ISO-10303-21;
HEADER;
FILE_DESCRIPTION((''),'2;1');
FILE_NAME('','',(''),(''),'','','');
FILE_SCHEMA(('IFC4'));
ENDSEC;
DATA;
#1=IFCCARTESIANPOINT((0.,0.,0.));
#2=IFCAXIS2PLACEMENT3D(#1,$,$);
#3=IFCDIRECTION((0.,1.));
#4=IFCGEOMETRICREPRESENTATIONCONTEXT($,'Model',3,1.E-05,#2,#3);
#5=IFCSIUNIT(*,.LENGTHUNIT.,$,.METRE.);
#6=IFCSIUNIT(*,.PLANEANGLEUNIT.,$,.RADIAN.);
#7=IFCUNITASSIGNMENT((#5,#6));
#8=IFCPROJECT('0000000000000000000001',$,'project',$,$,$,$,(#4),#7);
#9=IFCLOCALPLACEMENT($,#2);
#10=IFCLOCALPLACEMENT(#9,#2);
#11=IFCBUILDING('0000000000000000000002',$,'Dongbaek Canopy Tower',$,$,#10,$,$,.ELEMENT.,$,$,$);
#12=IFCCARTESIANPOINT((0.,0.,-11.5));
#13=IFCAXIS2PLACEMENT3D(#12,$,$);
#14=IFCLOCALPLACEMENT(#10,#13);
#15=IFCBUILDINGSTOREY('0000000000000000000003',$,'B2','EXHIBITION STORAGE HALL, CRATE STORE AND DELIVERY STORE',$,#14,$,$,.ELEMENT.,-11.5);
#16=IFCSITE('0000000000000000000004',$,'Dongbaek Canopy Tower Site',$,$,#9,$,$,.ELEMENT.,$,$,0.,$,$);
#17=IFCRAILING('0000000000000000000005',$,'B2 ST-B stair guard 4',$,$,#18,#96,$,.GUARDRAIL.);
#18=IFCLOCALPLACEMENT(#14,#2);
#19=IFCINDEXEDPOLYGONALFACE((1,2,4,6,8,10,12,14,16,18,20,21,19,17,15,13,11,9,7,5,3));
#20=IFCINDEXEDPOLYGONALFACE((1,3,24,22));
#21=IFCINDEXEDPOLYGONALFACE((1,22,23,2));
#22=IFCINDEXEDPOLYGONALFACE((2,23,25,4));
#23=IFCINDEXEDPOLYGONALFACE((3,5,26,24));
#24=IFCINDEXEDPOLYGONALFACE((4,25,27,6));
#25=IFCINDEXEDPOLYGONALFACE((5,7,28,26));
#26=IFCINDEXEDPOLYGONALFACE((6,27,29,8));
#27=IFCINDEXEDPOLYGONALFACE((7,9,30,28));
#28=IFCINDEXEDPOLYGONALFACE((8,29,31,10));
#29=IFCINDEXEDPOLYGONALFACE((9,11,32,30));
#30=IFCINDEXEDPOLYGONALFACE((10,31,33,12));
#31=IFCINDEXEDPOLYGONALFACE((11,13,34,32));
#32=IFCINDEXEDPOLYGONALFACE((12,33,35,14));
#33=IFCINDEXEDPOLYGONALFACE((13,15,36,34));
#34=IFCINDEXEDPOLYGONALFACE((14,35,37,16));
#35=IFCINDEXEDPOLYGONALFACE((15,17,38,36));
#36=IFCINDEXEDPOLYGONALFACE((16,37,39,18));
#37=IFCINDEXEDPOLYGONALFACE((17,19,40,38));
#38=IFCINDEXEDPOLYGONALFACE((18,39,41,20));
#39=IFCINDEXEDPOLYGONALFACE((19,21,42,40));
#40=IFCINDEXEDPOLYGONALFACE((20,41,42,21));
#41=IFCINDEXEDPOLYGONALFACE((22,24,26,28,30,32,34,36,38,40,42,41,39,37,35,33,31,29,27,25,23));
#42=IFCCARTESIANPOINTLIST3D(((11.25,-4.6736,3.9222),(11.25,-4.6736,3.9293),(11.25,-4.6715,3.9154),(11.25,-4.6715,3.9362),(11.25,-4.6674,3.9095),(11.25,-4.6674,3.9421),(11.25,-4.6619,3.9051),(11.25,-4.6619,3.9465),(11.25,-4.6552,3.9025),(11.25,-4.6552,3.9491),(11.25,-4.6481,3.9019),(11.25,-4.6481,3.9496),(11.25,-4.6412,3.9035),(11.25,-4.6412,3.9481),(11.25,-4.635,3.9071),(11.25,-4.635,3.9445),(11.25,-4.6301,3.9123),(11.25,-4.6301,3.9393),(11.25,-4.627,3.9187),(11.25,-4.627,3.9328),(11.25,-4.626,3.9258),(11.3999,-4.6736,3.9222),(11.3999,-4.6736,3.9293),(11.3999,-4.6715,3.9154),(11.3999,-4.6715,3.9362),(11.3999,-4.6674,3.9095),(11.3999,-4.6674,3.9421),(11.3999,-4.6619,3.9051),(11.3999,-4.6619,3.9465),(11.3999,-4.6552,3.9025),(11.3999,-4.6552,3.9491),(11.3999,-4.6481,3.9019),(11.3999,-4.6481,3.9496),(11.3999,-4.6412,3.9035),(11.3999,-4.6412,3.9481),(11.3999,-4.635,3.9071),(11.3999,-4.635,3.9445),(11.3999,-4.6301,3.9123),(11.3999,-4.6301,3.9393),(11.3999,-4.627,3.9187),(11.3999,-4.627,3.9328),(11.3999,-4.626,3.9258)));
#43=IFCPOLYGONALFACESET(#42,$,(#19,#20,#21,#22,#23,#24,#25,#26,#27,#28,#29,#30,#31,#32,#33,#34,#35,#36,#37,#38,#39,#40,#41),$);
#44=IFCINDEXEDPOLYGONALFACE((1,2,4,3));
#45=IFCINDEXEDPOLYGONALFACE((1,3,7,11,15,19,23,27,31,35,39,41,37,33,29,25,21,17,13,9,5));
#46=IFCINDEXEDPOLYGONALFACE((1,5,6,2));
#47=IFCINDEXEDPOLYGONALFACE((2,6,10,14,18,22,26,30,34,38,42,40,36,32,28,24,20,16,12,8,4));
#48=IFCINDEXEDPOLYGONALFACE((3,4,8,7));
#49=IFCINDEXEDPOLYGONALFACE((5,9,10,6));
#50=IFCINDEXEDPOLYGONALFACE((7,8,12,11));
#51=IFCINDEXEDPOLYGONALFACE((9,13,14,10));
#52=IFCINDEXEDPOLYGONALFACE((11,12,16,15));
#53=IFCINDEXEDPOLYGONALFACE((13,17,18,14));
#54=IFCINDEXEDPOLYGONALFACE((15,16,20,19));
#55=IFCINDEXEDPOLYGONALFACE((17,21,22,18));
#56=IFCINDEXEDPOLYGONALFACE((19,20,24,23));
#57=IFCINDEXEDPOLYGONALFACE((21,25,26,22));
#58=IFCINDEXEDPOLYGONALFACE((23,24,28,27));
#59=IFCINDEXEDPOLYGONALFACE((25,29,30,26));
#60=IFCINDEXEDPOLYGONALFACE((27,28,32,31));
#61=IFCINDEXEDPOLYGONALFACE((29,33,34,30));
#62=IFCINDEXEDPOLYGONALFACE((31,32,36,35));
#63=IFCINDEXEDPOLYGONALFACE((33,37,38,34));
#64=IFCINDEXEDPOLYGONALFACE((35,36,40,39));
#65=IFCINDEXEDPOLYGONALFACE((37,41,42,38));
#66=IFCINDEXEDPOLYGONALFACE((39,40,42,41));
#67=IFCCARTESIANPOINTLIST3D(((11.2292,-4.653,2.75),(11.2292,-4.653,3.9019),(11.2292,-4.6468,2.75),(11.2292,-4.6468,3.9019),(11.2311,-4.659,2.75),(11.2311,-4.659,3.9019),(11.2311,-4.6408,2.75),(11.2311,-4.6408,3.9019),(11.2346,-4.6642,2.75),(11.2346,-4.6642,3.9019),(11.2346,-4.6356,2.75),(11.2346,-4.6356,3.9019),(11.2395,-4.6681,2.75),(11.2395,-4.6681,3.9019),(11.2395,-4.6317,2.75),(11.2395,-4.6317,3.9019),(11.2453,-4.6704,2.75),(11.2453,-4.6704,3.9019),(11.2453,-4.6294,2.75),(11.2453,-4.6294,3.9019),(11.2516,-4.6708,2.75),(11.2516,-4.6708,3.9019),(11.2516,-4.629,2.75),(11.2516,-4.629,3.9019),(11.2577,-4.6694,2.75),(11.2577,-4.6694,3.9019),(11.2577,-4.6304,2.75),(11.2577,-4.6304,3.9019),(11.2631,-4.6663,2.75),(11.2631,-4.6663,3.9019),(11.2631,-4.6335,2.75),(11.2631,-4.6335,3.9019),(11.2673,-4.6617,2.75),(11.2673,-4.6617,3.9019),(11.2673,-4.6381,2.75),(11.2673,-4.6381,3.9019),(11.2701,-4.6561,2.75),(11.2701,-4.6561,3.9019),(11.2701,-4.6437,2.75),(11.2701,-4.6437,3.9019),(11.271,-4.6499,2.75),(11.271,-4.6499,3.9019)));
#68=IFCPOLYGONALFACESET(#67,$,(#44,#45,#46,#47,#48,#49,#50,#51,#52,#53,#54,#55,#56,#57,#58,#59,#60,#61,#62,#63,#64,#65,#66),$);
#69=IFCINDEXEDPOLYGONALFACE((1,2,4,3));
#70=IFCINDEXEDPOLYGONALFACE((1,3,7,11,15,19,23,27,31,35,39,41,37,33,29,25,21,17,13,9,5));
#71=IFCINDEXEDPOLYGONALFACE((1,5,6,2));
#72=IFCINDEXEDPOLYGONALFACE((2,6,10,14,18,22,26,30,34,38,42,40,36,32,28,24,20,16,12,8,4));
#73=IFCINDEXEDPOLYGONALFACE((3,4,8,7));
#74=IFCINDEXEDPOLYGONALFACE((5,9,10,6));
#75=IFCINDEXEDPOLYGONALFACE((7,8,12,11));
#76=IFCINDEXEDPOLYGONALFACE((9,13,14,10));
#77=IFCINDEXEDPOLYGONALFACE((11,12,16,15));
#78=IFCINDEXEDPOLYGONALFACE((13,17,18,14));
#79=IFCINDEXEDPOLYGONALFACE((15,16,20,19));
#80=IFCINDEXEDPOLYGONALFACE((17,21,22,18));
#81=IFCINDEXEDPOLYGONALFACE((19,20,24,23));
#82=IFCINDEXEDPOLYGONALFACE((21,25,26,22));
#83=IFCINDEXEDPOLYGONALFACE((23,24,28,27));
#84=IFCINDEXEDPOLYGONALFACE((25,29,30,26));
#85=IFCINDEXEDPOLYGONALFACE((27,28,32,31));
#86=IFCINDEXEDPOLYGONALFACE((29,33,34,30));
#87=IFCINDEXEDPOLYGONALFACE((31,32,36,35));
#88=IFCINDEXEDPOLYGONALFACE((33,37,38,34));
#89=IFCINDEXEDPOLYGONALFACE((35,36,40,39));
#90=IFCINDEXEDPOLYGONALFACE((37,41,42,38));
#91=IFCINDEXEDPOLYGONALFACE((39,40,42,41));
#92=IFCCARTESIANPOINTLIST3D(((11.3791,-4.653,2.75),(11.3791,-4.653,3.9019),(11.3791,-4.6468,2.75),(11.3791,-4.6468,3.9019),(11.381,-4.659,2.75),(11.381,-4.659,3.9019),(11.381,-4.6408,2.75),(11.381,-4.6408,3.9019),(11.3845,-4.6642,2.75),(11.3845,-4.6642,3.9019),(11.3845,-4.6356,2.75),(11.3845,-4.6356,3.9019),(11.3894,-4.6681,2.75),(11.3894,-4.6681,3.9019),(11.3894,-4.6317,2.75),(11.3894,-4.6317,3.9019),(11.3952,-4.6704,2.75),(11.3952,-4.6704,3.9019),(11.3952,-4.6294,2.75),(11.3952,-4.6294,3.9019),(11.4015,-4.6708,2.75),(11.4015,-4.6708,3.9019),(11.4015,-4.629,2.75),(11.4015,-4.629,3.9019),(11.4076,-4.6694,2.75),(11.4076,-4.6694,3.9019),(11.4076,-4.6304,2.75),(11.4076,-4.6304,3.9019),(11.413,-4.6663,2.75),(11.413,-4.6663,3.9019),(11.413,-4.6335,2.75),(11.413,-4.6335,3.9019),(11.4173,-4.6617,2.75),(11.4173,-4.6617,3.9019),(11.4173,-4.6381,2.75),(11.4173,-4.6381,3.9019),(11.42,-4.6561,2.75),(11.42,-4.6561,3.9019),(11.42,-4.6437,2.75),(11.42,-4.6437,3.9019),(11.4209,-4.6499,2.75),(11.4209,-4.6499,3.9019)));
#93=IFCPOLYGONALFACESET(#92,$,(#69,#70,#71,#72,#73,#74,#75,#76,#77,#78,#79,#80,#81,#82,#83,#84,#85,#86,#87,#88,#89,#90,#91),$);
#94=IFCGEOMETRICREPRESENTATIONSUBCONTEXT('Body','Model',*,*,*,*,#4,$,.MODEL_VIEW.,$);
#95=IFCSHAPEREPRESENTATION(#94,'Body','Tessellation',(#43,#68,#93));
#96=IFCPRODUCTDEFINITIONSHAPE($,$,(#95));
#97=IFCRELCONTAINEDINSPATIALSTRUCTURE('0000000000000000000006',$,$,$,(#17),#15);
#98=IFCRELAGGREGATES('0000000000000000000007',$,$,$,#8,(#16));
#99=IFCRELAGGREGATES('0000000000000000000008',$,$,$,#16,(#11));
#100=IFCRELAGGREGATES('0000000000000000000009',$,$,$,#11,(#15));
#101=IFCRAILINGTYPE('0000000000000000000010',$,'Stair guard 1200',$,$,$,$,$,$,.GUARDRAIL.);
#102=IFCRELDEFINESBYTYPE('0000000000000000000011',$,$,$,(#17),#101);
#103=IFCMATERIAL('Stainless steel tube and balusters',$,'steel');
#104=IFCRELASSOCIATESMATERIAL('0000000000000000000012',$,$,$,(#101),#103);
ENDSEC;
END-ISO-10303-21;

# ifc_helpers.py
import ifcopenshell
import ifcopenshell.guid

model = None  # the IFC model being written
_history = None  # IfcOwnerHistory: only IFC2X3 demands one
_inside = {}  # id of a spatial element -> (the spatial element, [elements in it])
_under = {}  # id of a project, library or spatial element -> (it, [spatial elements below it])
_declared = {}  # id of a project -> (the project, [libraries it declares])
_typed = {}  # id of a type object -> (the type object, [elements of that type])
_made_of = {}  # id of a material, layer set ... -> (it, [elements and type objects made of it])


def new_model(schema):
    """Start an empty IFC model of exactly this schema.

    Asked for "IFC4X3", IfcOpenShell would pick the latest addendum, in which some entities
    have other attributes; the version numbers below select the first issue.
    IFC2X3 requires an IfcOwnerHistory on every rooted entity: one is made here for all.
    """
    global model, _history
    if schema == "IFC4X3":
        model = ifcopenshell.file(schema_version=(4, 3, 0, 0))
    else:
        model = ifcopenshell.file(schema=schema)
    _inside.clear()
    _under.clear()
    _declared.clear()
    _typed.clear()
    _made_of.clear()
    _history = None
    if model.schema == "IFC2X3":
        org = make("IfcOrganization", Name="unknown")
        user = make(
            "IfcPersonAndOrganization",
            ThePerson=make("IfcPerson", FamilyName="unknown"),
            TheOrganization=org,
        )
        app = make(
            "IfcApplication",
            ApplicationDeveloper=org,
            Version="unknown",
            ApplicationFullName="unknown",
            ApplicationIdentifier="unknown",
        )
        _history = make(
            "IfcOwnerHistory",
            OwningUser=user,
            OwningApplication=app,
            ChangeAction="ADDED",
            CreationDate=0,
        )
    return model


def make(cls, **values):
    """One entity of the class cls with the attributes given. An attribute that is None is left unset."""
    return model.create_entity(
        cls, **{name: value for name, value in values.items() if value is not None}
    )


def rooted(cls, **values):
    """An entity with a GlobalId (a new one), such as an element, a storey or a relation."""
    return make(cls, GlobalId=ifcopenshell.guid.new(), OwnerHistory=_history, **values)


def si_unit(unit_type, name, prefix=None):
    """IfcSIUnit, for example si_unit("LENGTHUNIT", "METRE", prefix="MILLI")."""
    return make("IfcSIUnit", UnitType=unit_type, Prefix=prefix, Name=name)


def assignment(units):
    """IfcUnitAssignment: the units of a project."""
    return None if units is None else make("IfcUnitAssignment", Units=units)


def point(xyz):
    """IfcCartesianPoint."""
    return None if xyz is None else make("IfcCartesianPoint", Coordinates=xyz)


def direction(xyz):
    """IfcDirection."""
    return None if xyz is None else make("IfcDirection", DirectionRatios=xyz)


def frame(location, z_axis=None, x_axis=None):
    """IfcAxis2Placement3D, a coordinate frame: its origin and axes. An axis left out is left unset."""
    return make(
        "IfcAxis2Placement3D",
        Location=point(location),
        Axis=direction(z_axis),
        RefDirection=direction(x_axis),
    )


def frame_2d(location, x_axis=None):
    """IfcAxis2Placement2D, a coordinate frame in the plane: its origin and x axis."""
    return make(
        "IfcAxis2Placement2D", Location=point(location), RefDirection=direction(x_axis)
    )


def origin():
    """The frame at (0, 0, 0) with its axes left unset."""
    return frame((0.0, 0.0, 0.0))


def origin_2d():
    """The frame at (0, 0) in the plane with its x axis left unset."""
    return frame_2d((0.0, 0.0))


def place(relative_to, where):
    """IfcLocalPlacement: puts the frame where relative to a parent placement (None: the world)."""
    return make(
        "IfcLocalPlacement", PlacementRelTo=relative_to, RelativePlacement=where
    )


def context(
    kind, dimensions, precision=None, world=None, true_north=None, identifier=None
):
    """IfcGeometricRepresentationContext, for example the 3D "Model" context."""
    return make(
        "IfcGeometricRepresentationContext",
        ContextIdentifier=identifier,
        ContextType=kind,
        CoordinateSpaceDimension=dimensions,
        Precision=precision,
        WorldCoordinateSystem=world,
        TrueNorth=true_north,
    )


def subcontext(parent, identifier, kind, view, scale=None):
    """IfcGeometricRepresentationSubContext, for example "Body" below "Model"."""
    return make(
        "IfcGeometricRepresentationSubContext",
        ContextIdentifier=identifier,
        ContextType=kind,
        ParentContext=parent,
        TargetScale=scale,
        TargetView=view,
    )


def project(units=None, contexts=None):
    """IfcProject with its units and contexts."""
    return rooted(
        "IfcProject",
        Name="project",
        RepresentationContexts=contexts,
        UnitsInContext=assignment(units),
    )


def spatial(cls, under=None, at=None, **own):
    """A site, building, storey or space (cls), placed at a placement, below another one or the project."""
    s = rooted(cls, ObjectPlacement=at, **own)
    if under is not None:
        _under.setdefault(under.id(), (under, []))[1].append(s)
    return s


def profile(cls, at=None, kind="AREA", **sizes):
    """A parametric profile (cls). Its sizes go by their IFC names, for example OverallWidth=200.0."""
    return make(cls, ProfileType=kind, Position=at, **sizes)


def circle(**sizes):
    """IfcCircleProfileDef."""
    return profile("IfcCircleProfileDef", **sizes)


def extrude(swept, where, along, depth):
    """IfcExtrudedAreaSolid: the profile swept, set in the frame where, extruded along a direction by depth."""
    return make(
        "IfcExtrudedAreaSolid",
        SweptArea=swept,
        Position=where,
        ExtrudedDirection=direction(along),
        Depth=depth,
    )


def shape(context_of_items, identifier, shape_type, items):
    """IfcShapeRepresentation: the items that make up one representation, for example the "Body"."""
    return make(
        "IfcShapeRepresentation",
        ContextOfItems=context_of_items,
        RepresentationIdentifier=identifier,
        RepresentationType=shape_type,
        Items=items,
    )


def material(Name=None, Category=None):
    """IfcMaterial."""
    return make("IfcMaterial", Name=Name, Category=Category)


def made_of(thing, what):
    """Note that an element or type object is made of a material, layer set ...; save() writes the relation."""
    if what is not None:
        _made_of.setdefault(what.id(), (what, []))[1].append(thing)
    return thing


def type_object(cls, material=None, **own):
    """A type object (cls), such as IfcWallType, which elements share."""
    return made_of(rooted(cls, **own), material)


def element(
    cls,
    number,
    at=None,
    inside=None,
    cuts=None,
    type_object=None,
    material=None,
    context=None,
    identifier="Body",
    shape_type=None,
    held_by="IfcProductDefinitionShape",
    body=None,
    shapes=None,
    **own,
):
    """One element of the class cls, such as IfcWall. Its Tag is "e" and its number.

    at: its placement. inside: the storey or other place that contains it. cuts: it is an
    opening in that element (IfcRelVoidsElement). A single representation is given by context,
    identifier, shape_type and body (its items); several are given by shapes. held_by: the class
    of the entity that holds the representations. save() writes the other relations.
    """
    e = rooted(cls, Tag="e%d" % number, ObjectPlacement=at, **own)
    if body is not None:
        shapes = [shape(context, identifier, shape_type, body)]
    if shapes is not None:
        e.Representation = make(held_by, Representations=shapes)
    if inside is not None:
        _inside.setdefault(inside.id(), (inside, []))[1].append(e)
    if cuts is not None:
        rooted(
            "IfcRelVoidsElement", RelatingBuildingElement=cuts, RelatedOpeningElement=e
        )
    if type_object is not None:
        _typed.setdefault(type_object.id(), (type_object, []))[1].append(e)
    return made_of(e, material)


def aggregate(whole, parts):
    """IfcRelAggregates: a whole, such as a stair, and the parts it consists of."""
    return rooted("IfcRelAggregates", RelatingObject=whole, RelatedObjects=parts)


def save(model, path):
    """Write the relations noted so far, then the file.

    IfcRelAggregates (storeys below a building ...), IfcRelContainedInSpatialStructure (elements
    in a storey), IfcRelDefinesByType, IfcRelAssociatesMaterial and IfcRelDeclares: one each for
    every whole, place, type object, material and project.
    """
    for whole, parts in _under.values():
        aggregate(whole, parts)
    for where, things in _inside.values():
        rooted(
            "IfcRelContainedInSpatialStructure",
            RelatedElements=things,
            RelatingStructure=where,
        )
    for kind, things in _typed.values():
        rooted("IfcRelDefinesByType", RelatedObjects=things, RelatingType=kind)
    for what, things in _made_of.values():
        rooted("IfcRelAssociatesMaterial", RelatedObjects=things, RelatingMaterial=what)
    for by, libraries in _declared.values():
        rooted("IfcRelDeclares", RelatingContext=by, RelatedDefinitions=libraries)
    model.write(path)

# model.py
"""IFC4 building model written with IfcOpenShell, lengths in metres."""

from ifc_helpers import new_model, si_unit, direction, frame, origin, origin_2d, place, context, subcontext, project, spatial, circle, extrude, material, type_object, element, save


model = new_model("IFC4")

# Units and contexts
model_context = context("Model", 3, precision=1e-05, world=origin(), true_north=direction((0.0, 1.0)))
body_context = subcontext(model_context, "Body", "Model", "MODEL_VIEW")
ifc_project = project(units=[si_unit("LENGTHUNIT", "METRE"), si_unit("PLANEANGLEUNIT", "RADIAN")], contexts=[model_context])

# Site, building, storey
site_placement = place(None, origin())
site = spatial("IfcSite", under=ifc_project, at=site_placement, Name="Dongbaek Canopy Tower Site", CompositionType="ELEMENT", RefElevation=0.0)
building_placement = place(site_placement, origin())
building = spatial("IfcBuilding", under=site, at=building_placement, Name="Dongbaek Canopy Tower", CompositionType="ELEMENT")
storey_placement = place(building_placement, frame((0.0, 0.0, -11.5)))
storey = spatial("IfcBuildingStorey", under=building, at=storey_placement, Name="B2", Description="EXHIBITION STORAGE HALL, CRATE STORE AND DELIVERY STORE", CompositionType="ELEMENT", Elevation=-11.5)

# Railing
ifc_material_1 = material(Name="Stainless steel tube and balusters", Category="steel")
railing_type = type_object("IfcRailingType", Name="Stair guard 1200", PredefinedType="GUARDRAIL", material=ifc_material_1)
railing_1_placement = place(storey_placement, frame((11.25, -4.6499, 2.75)))
element("IfcRailing", 1, at=railing_1_placement, inside=storey, type_object=railing_type, Name="B2 ST-B stair guard 4", PredefinedType="GUARDRAIL", context=body_context, shape_type="SweptSolid", body=[
    extrude(circle(Radius=0.0239, at=origin_2d()), frame((0.0, 0.0, 1.1758), z_axis=(1.0, 0.0, 0.0), x_axis=(0.0, 1.0, 0.0)), (0.0, 0.0, 1.0), 0.1499),
    extrude(circle(Radius=0.021, at=origin_2d()), origin(), (0.0, 0.0, 1.0), 1.1519),
    extrude(circle(Radius=0.021, at=origin_2d()), frame((0.1499, 0.0, 0.0)), (0.0, 0.0, 1.0), 1.1519),
])

save(model, "model.ifc")
